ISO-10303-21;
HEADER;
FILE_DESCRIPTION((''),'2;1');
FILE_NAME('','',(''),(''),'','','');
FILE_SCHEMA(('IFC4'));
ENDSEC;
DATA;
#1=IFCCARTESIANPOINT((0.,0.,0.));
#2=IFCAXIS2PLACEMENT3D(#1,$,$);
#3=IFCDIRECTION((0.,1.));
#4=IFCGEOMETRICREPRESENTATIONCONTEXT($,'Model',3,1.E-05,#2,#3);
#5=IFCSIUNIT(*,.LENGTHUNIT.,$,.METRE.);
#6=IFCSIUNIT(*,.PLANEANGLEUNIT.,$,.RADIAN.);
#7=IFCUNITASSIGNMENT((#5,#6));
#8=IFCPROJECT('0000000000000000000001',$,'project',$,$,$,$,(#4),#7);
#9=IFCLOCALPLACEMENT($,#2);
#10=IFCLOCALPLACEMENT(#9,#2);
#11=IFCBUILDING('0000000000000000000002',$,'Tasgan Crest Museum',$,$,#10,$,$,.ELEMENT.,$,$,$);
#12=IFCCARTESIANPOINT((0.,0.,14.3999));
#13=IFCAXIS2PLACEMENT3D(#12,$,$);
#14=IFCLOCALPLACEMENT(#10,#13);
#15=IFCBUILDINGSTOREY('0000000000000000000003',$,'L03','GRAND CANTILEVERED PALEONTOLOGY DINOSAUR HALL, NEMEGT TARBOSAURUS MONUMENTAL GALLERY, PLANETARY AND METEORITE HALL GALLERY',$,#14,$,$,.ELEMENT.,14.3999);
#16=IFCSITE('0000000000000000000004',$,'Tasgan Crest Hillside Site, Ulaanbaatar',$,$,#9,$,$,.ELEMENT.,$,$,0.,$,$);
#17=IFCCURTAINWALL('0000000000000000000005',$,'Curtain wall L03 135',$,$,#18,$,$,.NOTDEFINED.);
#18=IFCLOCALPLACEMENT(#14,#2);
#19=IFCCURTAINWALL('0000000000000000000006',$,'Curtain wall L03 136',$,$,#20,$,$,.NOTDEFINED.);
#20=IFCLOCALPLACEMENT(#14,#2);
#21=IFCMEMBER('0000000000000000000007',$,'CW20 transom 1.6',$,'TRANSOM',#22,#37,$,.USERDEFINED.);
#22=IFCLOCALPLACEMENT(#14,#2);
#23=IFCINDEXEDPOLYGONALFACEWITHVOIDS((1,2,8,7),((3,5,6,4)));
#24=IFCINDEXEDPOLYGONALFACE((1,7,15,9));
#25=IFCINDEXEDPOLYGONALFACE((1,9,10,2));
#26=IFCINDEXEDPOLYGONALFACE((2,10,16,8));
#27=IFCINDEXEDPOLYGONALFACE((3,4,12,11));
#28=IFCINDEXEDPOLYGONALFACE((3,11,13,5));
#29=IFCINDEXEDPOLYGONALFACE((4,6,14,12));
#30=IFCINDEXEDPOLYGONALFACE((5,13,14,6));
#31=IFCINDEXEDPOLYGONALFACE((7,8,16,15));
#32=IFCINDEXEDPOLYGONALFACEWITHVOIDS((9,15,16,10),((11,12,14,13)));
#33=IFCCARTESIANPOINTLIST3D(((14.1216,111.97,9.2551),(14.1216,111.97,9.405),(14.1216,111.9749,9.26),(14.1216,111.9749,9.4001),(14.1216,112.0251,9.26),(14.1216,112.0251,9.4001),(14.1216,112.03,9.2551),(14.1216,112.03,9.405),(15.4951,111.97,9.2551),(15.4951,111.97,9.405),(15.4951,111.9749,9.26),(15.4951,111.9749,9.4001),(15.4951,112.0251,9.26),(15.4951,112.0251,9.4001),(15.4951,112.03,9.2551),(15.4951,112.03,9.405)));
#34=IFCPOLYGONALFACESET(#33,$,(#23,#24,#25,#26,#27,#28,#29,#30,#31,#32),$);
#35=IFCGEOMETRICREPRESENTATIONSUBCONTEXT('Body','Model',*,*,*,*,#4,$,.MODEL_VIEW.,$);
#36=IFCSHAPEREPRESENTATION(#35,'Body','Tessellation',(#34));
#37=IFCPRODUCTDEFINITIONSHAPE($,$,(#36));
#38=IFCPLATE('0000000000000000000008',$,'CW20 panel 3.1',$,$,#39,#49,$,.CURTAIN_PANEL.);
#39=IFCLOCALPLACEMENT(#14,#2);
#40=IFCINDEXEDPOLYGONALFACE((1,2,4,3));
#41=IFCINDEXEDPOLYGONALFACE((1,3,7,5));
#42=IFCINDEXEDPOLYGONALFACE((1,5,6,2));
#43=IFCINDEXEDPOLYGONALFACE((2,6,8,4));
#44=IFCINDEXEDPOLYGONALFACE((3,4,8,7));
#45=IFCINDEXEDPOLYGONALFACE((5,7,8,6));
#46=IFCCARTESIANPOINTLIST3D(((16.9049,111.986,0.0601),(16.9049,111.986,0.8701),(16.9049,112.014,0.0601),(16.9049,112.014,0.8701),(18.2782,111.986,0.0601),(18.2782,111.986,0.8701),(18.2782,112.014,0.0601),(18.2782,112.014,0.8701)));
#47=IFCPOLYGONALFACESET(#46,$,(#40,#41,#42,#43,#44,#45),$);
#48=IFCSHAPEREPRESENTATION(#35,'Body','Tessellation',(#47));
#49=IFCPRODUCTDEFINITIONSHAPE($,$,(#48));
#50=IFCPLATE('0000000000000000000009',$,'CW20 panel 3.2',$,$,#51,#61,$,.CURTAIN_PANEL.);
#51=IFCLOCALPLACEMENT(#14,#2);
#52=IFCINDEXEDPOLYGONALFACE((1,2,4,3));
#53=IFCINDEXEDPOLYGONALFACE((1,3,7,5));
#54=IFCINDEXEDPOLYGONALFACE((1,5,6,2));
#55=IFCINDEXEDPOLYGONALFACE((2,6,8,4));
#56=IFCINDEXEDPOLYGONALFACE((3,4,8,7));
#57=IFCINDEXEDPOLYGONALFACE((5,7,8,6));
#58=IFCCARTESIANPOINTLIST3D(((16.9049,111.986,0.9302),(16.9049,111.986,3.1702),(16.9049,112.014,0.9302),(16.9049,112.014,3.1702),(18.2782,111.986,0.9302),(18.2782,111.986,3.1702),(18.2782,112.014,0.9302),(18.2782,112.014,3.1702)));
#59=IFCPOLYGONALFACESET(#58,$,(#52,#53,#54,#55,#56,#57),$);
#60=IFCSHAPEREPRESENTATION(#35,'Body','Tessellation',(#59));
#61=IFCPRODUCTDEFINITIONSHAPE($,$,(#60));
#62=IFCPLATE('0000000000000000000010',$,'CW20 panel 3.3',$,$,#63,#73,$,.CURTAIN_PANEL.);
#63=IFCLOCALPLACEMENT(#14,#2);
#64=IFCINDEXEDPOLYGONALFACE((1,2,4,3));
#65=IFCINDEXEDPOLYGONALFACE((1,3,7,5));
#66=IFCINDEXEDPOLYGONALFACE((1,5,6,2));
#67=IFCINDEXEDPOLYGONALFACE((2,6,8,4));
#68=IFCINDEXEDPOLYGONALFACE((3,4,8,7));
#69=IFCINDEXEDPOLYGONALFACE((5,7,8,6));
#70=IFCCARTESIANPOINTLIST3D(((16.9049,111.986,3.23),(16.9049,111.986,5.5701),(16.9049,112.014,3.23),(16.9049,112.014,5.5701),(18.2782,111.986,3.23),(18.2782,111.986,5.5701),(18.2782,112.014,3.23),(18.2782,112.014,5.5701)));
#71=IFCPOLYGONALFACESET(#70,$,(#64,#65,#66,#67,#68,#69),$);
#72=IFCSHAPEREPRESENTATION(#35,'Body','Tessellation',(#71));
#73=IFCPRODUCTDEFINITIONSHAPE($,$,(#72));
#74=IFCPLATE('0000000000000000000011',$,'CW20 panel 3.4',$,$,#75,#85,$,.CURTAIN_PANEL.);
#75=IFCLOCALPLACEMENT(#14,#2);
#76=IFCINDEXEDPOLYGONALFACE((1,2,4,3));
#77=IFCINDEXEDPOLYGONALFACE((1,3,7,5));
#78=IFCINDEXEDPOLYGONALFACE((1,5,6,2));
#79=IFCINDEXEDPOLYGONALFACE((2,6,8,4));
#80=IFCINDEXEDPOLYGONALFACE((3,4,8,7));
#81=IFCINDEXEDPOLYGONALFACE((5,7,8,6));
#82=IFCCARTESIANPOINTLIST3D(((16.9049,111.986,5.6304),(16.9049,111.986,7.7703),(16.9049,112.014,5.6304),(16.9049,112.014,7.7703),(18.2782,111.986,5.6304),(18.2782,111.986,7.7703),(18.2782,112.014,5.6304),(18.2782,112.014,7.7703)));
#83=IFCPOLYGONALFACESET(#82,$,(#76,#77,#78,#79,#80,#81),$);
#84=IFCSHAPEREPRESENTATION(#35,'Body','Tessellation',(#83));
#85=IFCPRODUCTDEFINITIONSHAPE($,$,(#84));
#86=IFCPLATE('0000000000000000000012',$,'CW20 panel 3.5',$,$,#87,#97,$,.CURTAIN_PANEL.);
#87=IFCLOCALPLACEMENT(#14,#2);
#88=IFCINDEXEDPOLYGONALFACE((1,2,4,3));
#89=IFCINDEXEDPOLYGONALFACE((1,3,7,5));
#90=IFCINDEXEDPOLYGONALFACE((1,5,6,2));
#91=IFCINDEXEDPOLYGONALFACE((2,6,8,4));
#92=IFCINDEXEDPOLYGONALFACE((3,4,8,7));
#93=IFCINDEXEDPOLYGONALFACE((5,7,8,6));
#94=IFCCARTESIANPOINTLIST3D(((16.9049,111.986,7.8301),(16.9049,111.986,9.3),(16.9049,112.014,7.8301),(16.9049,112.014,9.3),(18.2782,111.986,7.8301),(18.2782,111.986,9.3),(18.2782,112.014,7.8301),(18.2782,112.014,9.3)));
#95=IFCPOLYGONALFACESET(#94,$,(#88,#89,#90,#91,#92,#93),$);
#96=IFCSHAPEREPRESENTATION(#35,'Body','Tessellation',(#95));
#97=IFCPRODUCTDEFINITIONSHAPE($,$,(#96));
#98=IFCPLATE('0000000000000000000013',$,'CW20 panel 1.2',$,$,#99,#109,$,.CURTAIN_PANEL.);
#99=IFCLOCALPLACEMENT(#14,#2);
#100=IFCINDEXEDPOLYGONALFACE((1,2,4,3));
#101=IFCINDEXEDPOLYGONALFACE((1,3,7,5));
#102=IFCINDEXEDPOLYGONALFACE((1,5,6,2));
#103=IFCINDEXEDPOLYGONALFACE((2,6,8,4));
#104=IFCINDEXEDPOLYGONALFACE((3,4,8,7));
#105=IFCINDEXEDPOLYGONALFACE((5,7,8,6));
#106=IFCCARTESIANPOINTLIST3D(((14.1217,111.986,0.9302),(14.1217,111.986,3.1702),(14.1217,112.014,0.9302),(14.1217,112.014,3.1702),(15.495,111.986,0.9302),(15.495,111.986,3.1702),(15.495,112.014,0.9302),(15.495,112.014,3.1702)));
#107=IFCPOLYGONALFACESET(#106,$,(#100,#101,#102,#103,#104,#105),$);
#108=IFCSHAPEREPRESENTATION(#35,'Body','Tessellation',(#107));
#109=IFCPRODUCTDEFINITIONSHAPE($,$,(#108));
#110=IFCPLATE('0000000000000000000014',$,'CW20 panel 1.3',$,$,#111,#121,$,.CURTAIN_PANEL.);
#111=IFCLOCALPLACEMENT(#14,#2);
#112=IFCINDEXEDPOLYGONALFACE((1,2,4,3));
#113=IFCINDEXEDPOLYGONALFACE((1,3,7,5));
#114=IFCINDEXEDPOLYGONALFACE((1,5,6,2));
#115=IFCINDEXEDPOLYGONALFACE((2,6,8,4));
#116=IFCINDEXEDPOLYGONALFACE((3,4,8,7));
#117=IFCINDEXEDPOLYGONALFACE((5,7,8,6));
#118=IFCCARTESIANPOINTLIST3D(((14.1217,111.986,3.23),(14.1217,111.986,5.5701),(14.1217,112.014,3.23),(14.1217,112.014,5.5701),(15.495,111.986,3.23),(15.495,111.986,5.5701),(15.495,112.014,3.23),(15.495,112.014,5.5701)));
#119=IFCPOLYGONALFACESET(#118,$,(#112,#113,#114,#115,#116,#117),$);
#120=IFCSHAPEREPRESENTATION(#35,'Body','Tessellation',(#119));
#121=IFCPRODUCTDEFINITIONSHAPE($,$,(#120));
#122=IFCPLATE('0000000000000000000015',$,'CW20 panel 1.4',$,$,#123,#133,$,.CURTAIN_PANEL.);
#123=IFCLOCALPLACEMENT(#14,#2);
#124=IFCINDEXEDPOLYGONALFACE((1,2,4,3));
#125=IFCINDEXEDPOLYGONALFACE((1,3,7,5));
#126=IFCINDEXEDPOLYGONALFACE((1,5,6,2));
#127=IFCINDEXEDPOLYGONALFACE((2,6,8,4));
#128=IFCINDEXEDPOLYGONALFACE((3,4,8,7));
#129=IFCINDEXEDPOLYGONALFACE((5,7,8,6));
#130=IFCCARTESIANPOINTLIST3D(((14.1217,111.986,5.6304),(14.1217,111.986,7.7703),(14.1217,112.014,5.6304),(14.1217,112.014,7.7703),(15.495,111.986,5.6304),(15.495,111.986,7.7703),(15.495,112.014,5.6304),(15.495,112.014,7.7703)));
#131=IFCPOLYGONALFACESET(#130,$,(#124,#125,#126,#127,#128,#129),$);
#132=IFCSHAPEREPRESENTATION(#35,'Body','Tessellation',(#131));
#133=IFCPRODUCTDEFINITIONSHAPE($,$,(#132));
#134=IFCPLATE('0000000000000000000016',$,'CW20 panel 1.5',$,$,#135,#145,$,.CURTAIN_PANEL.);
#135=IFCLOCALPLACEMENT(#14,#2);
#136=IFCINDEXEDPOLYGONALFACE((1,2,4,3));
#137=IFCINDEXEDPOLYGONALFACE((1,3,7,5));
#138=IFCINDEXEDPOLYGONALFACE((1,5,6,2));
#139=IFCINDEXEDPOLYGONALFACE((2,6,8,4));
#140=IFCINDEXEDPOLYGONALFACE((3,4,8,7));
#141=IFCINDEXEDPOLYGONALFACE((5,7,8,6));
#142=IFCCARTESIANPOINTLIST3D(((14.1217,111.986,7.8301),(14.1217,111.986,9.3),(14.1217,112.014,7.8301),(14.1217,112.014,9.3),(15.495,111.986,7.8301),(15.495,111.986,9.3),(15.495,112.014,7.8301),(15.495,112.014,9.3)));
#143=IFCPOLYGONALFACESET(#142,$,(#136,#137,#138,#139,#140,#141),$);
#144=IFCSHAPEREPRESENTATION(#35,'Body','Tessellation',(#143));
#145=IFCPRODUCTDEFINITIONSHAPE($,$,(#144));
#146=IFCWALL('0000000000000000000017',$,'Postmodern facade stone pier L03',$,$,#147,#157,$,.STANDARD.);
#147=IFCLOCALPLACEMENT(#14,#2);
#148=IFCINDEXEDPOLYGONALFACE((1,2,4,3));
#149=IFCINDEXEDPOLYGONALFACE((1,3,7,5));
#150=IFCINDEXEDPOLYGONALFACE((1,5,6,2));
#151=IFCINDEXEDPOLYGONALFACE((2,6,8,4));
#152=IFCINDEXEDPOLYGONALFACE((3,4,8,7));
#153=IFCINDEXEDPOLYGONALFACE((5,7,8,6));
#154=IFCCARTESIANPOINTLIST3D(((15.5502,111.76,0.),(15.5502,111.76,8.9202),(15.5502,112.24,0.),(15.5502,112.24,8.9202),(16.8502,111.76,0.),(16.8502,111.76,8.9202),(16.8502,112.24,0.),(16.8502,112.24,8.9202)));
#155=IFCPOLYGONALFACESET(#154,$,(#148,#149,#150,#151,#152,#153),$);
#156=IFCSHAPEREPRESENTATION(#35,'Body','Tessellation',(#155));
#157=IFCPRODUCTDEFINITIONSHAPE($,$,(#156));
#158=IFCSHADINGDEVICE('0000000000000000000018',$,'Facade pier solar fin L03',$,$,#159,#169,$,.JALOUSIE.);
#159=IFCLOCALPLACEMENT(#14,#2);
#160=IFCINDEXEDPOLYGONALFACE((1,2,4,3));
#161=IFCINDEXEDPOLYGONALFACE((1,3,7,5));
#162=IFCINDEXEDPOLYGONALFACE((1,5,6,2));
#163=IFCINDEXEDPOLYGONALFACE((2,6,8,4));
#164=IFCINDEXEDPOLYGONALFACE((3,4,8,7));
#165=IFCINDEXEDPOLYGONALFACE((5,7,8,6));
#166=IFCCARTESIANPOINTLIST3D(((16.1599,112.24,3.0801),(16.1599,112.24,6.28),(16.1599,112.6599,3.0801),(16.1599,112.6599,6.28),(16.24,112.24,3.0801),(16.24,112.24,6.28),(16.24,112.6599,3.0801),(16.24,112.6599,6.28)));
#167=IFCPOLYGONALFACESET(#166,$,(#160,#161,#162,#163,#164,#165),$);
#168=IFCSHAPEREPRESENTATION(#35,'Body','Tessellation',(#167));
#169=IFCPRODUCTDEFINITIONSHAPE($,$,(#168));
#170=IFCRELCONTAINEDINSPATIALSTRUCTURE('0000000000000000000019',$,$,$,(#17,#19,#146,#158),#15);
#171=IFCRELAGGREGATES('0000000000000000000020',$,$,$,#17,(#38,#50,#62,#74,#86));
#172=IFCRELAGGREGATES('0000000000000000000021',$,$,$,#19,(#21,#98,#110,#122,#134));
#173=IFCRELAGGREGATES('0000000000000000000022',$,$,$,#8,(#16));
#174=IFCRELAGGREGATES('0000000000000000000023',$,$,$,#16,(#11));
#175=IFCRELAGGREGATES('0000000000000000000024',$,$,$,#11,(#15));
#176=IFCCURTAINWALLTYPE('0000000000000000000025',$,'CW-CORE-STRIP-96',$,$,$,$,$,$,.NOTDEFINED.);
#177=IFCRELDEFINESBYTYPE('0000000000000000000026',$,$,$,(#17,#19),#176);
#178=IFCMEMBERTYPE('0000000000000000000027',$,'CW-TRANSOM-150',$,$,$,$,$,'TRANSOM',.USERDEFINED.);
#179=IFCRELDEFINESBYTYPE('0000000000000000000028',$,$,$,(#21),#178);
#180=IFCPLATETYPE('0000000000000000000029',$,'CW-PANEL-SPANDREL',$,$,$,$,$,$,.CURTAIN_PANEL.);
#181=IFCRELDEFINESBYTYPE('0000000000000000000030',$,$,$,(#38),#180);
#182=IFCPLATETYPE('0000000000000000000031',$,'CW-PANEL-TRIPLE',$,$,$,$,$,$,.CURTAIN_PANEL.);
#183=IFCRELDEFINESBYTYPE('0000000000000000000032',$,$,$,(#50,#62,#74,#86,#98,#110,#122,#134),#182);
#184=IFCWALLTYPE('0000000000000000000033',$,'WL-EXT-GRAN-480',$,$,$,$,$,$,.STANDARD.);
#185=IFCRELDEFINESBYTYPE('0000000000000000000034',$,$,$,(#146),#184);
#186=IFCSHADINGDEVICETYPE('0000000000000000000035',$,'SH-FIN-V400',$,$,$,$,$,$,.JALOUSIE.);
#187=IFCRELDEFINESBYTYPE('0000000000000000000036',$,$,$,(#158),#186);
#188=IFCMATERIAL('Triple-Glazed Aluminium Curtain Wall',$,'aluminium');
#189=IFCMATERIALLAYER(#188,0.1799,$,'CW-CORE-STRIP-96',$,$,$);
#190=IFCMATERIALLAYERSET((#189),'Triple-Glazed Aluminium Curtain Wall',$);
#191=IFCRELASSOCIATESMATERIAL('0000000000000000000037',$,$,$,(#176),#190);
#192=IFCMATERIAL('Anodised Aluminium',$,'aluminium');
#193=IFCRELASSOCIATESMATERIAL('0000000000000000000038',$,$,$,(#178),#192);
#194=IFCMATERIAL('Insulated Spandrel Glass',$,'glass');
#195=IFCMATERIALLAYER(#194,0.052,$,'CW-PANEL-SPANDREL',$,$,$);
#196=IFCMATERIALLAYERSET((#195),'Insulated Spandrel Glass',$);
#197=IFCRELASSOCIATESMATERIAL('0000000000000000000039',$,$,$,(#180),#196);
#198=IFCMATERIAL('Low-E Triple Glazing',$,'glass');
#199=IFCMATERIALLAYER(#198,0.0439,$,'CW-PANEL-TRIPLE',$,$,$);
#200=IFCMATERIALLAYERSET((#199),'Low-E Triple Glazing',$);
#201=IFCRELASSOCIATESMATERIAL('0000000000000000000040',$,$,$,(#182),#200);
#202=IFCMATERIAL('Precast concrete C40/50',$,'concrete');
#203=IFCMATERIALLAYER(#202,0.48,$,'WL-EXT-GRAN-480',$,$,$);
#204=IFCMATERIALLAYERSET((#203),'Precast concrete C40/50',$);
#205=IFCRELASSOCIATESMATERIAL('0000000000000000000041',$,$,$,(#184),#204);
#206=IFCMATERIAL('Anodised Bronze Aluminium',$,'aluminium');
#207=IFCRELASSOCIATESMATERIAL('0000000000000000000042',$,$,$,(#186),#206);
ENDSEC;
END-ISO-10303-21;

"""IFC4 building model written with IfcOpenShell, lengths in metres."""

from ifc_helpers import new_model, si_unit, direction, frame, frame_2d, origin, origin_2d, place, context, subcontext, project, spatial, rectangle, hollow_rectangle, extrude, material, layer, layer_set, material_profile, profile_set, type_object, element, aggregate, save


model = new_model("IFC4")

# Units and contexts
model_context = context("Model", 3, precision=1e-05, world=origin(), true_north=direction((0.0, 1.0)))
body_context = subcontext(model_context, "Body", "Model", "MODEL_VIEW")
ifc_project = project(units=[si_unit("LENGTHUNIT", "METRE"), si_unit("PLANEANGLEUNIT", "RADIAN")], contexts=[model_context])

# Site, building, storey
site_placement = place(None, origin())
site = spatial("IfcSite", under=ifc_project, at=site_placement, Name="Tasgan Crest Hillside Site, Ulaanbaatar", CompositionType="ELEMENT", RefElevation=0.0)
building_placement = place(site_placement, origin())
building = spatial("IfcBuilding", under=site, at=building_placement, Name="Tasgan Crest Museum", CompositionType="ELEMENT")
storey_placement = place(building_placement, frame((0.0, 0.0, 14.3999)))
storey = spatial("IfcBuildingStorey", under=building, at=storey_placement, Name="L03", Description="GRAND CANTILEVERED PALEONTOLOGY DINOSAUR HALL, NEMEGT TARBOSAURUS MONUMENTAL GALLERY, PLANETARY AND METEORITE HALL GALLERY", CompositionType="ELEMENT", Elevation=14.3999)

# Curtain walls
ifc_material_1 = material(Name="Triple-Glazed Aluminium Curtain Wall", Category="aluminium")
ifc_layer_1 = layer(ifc_material_1, 0.1799, Name="CW-CORE-STRIP-96")
ifc_layer_set_1 = layer_set([ifc_layer_1], Name="Triple-Glazed Aluminium Curtain Wall")
curtain_wall_type = type_object("IfcCurtainWallType", Name="CW-CORE-STRIP-96", PredefinedType="NOTDEFINED", material=ifc_layer_set_1)
curtain_wall_1_placement = place(storey_placement, origin())
curtain_wall_1 = element("IfcCurtainWall", 1, at=curtain_wall_1_placement, inside=storey, type_object=curtain_wall_type, Name="Curtain wall L03 135", PredefinedType="NOTDEFINED")
curtain_wall_2_placement = place(storey_placement, origin())
curtain_wall_2 = element("IfcCurtainWall", 2, at=curtain_wall_2_placement, inside=storey, type_object=curtain_wall_type, Name="Curtain wall L03 136", PredefinedType="NOTDEFINED")

# Member
ifc_material_2 = material(Name="Anodised Aluminium", Category="aluminium")
ifc_material_profile_1 = material_profile(ifc_material_2, hollow_rectangle(XDim=0.0601, YDim=0.1499, WallThickness=0.0049, at=origin_2d()), Name="ALU TRANSOM 150x60x5")
ifc_profile_set_1 = profile_set([ifc_material_profile_1], Name="Anodised Aluminium")
member_type_1 = type_object("IfcMemberType", Name="CW-TRANSOM-150", ElementType="TRANSOM", PredefinedType="USERDEFINED", material=ifc_profile_set_1)
member_1_placement = place(storey_placement, frame((15.4951, 112.0, 9.3301), z_axis=(-1.0, 0.0, 0.0), x_axis=(0.0, -1.0, 0.0)))
member_1 = element("IfcMember", 3, at=member_1_placement, type_object=member_type_1, Name="CW20 transom 1.6", ObjectType="TRANSOM", PredefinedType="USERDEFINED", context=body_context, shape_type="SweptSolid", body=[
    extrude(hollow_rectangle(XDim=0.0601, YDim=0.1499, WallThickness=0.0049, at=origin_2d()), origin(), (0.0, 0.0, 1.0), 1.3735),
])

# Plates
ifc_material_3 = material(Name="Insulated Spandrel Glass", Category="glass")
ifc_layer_2 = layer(ifc_material_3, 0.052, Name="CW-PANEL-SPANDREL")
ifc_layer_set_2 = layer_set([ifc_layer_2], Name="Insulated Spandrel Glass")
plate_type_1 = type_object("IfcPlateType", Name="CW-PANEL-SPANDREL", PredefinedType="CURTAIN_PANEL", material=ifc_layer_set_2)
plate_1_placement = place(storey_placement, frame((17.5916, 112.0, 0.0601), z_axis=(0.0, 0.0, 1.0), x_axis=(-1.0, 0.0, 0.0)))
plate_1 = element("IfcPlate", 4, at=plate_1_placement, type_object=plate_type_1, Name="CW20 panel 3.1", PredefinedType="CURTAIN_PANEL", context=body_context, shape_type="SweptSolid", body=[
    extrude(rectangle(XDim=1.3733, YDim=0.0281, at=origin_2d()), origin(), (0.0, 0.0, 1.0), 0.8101),
])
ifc_material_4 = material(Name="Low-E Triple Glazing", Category="glass")
ifc_layer_3 = layer(ifc_material_4, 0.0439, Name="CW-PANEL-TRIPLE")
ifc_layer_set_3 = layer_set([ifc_layer_3], Name="Low-E Triple Glazing")
plate_type_2 = type_object("IfcPlateType", Name="CW-PANEL-TRIPLE", PredefinedType="CURTAIN_PANEL", material=ifc_layer_set_3)
plate_2_placement = place(storey_placement, frame((17.5916, 112.0, 0.9302), z_axis=(0.0, 0.0, 1.0), x_axis=(-1.0, 0.0, 0.0)))
plate_2 = element("IfcPlate", 5, at=plate_2_placement, type_object=plate_type_2, Name="CW20 panel 3.2", PredefinedType="CURTAIN_PANEL", context=body_context, shape_type="SweptSolid", body=[
    extrude(rectangle(XDim=1.3733, YDim=0.0281, at=origin_2d()), origin(), (0.0, 0.0, 1.0), 2.24),
])
plate_3_placement = place(storey_placement, frame((17.5916, 112.0, 3.23), z_axis=(0.0, 0.0, 1.0), x_axis=(-1.0, 0.0, 0.0)))
plate_3 = element("IfcPlate", 6, at=plate_3_placement, type_object=plate_type_2, Name="CW20 panel 3.3", PredefinedType="CURTAIN_PANEL", context=body_context, shape_type="SweptSolid", body=[
    extrude(rectangle(XDim=1.3733, YDim=0.0281, at=origin_2d()), origin(), (0.0, 0.0, 1.0), 2.3401),
])
plate_4_placement = place(storey_placement, frame((17.5916, 112.0, 5.6304), z_axis=(0.0, 0.0, 1.0), x_axis=(-1.0, 0.0, 0.0)))
plate_4 = element("IfcPlate", 7, at=plate_4_placement, type_object=plate_type_2, Name="CW20 panel 3.4", PredefinedType="CURTAIN_PANEL", context=body_context, shape_type="SweptSolid", body=[
    extrude(rectangle(XDim=1.3733, YDim=0.0281, at=origin_2d()), origin(), (0.0, 0.0, 1.0), 2.1399),
])
plate_5_placement = place(storey_placement, frame((17.5916, 112.0, 7.8301), z_axis=(0.0, 0.0, 1.0), x_axis=(-1.0, 0.0, 0.0)))
plate_5 = element("IfcPlate", 8, at=plate_5_placement, type_object=plate_type_2, Name="CW20 panel 3.5", PredefinedType="CURTAIN_PANEL", context=body_context, shape_type="SweptSolid", body=[
    extrude(rectangle(XDim=1.3733, YDim=0.0281, at=origin_2d()), origin(), (0.0, 0.0, 1.0), 1.47),
])
aggregate(curtain_wall_1, [plate_1, plate_2, plate_3, plate_4, plate_5])
plate_6_placement = place(storey_placement, frame((14.8083, 112.0, 0.9302), z_axis=(0.0, 0.0, 1.0), x_axis=(-1.0, 0.0, 0.0)))
plate_6 = element("IfcPlate", 9, at=plate_6_placement, type_object=plate_type_2, Name="CW20 panel 1.2", PredefinedType="CURTAIN_PANEL", context=body_context, shape_type="SweptSolid", body=[
    extrude(rectangle(XDim=1.3733, YDim=0.0281, at=origin_2d()), origin(), (0.0, 0.0, 1.0), 2.24),
])
plate_7_placement = place(storey_placement, frame((14.8083, 112.0, 3.23), z_axis=(0.0, 0.0, 1.0), x_axis=(-1.0, 0.0, 0.0)))
plate_7 = element("IfcPlate", 10, at=plate_7_placement, type_object=plate_type_2, Name="CW20 panel 1.3", PredefinedType="CURTAIN_PANEL", context=body_context, shape_type="SweptSolid", body=[
    extrude(rectangle(XDim=1.3733, YDim=0.0281, at=origin_2d()), origin(), (0.0, 0.0, 1.0), 2.3401),
])
plate_8_placement = place(storey_placement, frame((14.8083, 112.0, 5.6304), z_axis=(0.0, 0.0, 1.0), x_axis=(-1.0, 0.0, 0.0)))
plate_8 = element("IfcPlate", 11, at=plate_8_placement, type_object=plate_type_2, Name="CW20 panel 1.4", PredefinedType="CURTAIN_PANEL", context=body_context, shape_type="SweptSolid", body=[
    extrude(rectangle(XDim=1.3733, YDim=0.0281, at=origin_2d()), origin(), (0.0, 0.0, 1.0), 2.1399),
])
plate_9_placement = place(storey_placement, frame((14.8083, 112.0, 7.8301), z_axis=(0.0, 0.0, 1.0), x_axis=(-1.0, 0.0, 0.0)))
plate_9 = element("IfcPlate", 12, at=plate_9_placement, type_object=plate_type_2, Name="CW20 panel 1.5", PredefinedType="CURTAIN_PANEL", context=body_context, shape_type="SweptSolid", body=[
    extrude(rectangle(XDim=1.3733, YDim=0.0281, at=origin_2d()), origin(), (0.0, 0.0, 1.0), 1.47),
])
aggregate(curtain_wall_2, [member_1, plate_6, plate_7, plate_8, plate_9])

# Wall
ifc_material_5 = material(Name="Precast concrete C40/50", Category="concrete")
ifc_layer_4 = layer(ifc_material_5, 0.48, Name="WL-EXT-GRAN-480")
ifc_layer_set_4 = layer_set([ifc_layer_4], Name="Precast concrete C40/50")
wall_type = type_object("IfcWallType", Name="WL-EXT-GRAN-480", PredefinedType="STANDARD", material=ifc_layer_set_4)
wall_placement = place(storey_placement, frame((16.8501, 112.0, 0.0), z_axis=(0.0, 0.0, 1.0), x_axis=(-1.0, 0.0, 0.0)))
element("IfcWall", 13, at=wall_placement, inside=storey, type_object=wall_type, Name="Postmodern facade stone pier L03", PredefinedType="STANDARD", context=body_context, shape_type="SweptSolid", body=[
    extrude(rectangle(XDim=1.3, YDim=0.48, at=frame_2d((0.6499, 0.0))), origin(), (0.0, 0.0, 1.0), 8.9202),
])

# Shading device
ifc_material_6 = material(Name="Anodised Bronze Aluminium", Category="aluminium")
shading_device_type = type_object("IfcShadingDeviceType", Name="SH-FIN-V400", PredefinedType="JALOUSIE", material=ifc_material_6)
shading_device_placement = place(storey_placement, frame((16.2, 112.45, 3.0801), z_axis=(0.0, 0.0, 1.0), x_axis=(-1.0, 0.0, 0.0)))
element("IfcShadingDevice", 14, at=shading_device_placement, inside=storey, type_object=shading_device_type, Name="Facade pier solar fin L03", PredefinedType="JALOUSIE", context=body_context, shape_type="SweptSolid", body=[
    extrude(rectangle(XDim=0.0801, YDim=0.4199, at=origin_2d()), origin(), (0.0, 0.0, 1.0), 3.2),
])

save(model, "model.ifc")
